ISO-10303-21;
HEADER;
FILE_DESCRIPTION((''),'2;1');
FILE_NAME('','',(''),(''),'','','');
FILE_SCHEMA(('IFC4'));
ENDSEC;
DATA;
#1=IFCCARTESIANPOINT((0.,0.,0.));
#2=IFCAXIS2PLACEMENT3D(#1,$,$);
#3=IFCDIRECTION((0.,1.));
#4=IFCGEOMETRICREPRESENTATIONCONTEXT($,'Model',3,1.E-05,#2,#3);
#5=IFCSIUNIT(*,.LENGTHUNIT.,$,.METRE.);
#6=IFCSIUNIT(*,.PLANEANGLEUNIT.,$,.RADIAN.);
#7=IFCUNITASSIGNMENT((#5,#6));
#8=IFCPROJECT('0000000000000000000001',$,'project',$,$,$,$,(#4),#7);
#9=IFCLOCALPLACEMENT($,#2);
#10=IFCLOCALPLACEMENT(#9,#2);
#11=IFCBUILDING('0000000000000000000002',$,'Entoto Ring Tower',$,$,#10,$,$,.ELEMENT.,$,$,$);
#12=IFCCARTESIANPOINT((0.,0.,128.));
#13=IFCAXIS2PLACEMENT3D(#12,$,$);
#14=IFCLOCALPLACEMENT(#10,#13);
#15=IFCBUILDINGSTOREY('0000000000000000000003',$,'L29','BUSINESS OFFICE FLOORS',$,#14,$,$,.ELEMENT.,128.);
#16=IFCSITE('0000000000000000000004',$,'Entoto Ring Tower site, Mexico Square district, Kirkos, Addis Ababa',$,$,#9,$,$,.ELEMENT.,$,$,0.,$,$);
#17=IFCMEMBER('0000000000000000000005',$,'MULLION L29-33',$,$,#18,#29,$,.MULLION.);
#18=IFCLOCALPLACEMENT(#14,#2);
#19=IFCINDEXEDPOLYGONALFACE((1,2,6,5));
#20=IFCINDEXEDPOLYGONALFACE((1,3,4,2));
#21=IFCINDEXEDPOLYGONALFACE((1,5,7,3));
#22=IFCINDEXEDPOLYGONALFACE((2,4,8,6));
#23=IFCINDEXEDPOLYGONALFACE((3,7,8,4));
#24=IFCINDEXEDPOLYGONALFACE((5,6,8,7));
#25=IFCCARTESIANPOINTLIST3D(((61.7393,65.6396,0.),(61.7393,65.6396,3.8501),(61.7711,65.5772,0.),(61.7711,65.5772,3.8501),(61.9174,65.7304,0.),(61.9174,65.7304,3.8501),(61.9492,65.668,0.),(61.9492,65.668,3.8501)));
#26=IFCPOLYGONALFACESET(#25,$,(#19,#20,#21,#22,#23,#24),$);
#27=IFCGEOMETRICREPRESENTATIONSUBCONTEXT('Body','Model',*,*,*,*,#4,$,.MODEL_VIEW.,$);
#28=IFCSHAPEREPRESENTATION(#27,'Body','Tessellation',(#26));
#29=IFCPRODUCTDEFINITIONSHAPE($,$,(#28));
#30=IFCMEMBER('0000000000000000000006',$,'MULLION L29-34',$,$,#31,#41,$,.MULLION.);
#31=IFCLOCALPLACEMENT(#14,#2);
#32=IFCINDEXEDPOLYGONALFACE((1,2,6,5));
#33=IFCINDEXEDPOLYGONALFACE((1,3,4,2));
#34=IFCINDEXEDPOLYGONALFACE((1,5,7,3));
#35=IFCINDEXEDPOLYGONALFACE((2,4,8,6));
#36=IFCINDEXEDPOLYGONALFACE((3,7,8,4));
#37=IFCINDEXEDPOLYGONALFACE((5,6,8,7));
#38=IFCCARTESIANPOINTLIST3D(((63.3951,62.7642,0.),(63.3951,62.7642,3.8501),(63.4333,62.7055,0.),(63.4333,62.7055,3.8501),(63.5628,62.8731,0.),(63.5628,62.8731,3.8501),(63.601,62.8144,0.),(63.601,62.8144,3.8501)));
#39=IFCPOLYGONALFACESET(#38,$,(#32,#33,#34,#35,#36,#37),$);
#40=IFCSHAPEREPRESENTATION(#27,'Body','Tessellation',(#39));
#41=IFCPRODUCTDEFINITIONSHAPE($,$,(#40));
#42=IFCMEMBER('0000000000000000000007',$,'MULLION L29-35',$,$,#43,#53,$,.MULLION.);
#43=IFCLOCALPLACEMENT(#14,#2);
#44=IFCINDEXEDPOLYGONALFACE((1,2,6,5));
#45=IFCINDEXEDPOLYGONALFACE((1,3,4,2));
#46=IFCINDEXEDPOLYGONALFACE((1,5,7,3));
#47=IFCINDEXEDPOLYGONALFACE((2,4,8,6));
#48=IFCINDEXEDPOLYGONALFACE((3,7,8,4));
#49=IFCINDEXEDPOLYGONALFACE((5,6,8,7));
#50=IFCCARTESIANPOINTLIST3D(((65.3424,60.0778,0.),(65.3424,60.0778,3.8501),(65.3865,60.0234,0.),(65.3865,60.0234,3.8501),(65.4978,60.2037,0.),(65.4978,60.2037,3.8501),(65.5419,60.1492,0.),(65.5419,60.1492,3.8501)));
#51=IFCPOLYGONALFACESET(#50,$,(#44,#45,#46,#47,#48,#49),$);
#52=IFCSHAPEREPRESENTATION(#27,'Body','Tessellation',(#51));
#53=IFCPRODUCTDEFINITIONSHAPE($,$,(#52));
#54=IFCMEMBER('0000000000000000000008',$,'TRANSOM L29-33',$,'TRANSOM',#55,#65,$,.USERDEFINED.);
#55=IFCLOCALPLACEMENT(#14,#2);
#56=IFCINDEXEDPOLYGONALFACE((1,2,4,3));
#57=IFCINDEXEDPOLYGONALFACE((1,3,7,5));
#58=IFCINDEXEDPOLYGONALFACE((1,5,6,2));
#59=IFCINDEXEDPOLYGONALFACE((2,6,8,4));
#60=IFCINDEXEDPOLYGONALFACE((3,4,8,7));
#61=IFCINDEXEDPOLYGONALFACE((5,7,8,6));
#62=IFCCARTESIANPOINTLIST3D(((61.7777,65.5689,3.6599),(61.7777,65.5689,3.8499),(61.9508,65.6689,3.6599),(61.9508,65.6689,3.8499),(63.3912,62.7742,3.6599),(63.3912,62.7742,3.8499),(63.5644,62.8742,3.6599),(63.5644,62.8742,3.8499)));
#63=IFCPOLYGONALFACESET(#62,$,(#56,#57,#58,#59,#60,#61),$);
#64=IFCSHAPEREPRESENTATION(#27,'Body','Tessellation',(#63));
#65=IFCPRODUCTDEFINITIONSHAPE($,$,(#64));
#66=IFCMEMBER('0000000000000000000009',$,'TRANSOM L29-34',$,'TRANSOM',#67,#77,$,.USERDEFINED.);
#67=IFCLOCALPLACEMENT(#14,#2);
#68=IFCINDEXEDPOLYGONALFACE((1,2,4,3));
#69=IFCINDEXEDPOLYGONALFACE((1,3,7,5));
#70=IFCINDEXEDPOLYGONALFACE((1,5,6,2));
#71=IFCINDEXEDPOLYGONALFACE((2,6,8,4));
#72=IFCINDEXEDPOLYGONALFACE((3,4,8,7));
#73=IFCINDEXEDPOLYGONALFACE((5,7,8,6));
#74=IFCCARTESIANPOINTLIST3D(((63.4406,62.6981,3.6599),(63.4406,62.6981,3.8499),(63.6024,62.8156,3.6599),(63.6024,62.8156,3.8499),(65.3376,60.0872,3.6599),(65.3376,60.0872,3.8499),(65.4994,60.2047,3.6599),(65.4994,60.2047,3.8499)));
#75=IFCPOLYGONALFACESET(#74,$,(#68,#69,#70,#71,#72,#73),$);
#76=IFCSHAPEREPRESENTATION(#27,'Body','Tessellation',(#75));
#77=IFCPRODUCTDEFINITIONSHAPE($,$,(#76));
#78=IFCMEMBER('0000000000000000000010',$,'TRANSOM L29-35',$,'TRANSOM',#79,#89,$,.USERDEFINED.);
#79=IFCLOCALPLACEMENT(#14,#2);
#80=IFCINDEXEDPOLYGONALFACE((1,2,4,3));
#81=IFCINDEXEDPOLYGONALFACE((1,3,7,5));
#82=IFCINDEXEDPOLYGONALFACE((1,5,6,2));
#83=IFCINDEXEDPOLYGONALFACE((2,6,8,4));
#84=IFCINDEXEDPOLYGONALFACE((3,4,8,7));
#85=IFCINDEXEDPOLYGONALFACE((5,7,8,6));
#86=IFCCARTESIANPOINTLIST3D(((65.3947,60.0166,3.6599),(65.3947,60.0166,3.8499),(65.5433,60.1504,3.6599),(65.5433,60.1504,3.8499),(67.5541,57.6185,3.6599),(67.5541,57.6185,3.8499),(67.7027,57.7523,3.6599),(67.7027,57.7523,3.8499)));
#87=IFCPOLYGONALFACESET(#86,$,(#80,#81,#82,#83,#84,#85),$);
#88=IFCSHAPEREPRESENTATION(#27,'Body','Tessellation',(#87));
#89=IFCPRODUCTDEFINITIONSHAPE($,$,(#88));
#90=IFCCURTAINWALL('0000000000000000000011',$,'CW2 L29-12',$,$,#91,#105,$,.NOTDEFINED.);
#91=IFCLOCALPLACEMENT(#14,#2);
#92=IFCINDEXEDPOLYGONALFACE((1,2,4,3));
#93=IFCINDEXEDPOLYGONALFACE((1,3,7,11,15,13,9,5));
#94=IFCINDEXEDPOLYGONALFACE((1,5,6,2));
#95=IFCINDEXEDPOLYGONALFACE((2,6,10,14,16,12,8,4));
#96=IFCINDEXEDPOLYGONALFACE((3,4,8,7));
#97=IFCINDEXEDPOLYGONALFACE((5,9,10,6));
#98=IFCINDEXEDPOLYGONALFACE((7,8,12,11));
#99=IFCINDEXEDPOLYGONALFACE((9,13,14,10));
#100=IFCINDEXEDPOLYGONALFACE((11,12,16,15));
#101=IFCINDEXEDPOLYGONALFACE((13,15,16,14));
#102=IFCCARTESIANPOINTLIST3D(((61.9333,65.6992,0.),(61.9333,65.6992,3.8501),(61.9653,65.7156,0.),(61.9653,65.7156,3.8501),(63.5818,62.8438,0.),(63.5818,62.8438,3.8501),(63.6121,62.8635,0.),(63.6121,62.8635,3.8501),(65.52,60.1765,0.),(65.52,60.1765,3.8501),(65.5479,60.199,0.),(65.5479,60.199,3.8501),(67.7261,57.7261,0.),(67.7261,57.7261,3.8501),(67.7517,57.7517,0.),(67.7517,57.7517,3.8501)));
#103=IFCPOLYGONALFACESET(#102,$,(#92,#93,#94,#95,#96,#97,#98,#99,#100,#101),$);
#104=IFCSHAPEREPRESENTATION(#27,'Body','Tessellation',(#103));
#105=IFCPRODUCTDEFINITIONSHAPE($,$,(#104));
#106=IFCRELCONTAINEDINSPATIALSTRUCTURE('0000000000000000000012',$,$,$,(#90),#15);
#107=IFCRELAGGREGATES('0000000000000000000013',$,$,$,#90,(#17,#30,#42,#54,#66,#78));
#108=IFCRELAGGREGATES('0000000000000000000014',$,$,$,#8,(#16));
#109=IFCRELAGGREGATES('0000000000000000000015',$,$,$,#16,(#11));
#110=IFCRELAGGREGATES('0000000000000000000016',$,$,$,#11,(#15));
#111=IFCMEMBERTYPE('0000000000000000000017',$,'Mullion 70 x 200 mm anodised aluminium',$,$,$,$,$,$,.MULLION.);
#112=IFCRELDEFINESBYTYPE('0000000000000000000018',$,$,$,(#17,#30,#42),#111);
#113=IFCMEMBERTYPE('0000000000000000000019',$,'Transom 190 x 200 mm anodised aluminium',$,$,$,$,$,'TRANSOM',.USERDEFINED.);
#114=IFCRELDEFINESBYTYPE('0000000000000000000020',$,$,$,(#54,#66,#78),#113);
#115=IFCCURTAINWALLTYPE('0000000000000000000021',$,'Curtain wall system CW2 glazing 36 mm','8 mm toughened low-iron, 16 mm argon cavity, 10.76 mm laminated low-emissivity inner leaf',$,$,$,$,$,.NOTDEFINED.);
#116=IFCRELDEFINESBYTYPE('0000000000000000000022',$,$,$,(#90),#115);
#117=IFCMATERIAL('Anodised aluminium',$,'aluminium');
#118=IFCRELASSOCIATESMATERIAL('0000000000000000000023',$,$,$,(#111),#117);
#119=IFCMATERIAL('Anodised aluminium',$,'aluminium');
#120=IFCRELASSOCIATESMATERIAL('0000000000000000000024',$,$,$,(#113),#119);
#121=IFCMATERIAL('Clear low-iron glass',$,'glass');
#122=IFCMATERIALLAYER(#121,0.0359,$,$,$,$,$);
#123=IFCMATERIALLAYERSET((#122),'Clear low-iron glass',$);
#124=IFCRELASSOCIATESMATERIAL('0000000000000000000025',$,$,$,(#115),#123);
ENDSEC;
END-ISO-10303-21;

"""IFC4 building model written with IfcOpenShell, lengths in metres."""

from ifc_helpers import new_model, si_unit, direction, frame, origin, origin_2d, place, context, subcontext, project, spatial, polyline, rectangle, outline, extrude, material, layer, layer_set, material_profile, profile_set, type_object, element, aggregate, save


model = new_model("IFC4")

# Units and contexts
model_context = context("Model", 3, precision=1e-05, world=origin(), true_north=direction((0.0, 1.0)))
body_context = subcontext(model_context, "Body", "Model", "MODEL_VIEW")
ifc_project = project(units=[si_unit("LENGTHUNIT", "METRE"), si_unit("PLANEANGLEUNIT", "RADIAN")], contexts=[model_context])

# Members
ifc_material_1 = material(Name="Anodised aluminium", Category="aluminium")
ifc_material_profile_1 = material_profile(ifc_material_1, rectangle(XDim=0.0701, YDim=0.2, at=origin_2d()), Name="Mullion 70 x 200 mm anodised aluminium")
ifc_profile_set_1 = profile_set([ifc_material_profile_1], Name="Anodised aluminium")
member_type_1 = type_object("IfcMemberType", Name="Mullion 70 x 200 mm anodised aluminium", PredefinedType="MULLION", material=ifc_profile_set_1)
site_placement = place(None, origin())
building_placement = place(site_placement, origin())
storey_placement = place(building_placement, frame((0.0, 0.0, 128.0)))
member_1_placement = place(storey_placement, frame((61.8442, 65.6538, 0.0), z_axis=(0.0, 0.0, 1.0), x_axis=(0.45399, -0.891007, 0.0)))
member_1 = element("IfcMember", 1, at=member_1_placement, type_object=member_type_1, Name="MULLION L29-33", PredefinedType="MULLION", context=body_context, shape_type="SweptSolid", body=[
    extrude(rectangle(XDim=0.0701, YDim=0.2, at=origin_2d()), origin(), (0.0, 0.0, 1.0), 3.8501),
])
member_2_placement = place(storey_placement, frame((63.498, 62.7893, 0.0), z_axis=(0.0, 0.0, 1.0), x_axis=(0.544639, -0.838671, 0.0)))
member_2 = element("IfcMember", 2, at=member_2_placement, type_object=member_type_1, Name="MULLION L29-34", PredefinedType="MULLION", context=body_context, shape_type="SweptSolid", body=[
    extrude(rectangle(XDim=0.0701, YDim=0.2, at=origin_2d()), origin(), (0.0, 0.0, 1.0), 3.8501),
])
member_3_placement = place(storey_placement, frame((65.4421, 60.1135, 0.0), z_axis=(0.0, 0.0, 1.0), x_axis=(0.62932, -0.777146, 0.0)))
member_3 = element("IfcMember", 3, at=member_3_placement, type_object=member_type_1, Name="MULLION L29-35", PredefinedType="MULLION", context=body_context, shape_type="SweptSolid", body=[
    extrude(rectangle(XDim=0.0701, YDim=0.2, at=origin_2d()), origin(), (0.0, 0.0, 1.0), 3.8501),
])
ifc_material_2 = material(Name="Anodised aluminium", Category="aluminium")
ifc_material_profile_2 = material_profile(ifc_material_2, rectangle(XDim=0.2, YDim=0.1899, at=origin_2d()), Name="Transom 190 x 200 mm anodised aluminium")
ifc_profile_set_2 = profile_set([ifc_material_profile_2], Name="Anodised aluminium")
member_type_2 = type_object("IfcMemberType", Name="Transom 190 x 200 mm anodised aluminium", ElementType="TRANSOM", PredefinedType="USERDEFINED", material=ifc_profile_set_2)
member_4_placement = place(storey_placement, frame((61.8643, 65.6189, 3.7549), z_axis=(0.500004, -0.866023, 0.0), x_axis=(0.866023, 0.500004, 0.0)))
member_4 = element("IfcMember", 4, at=member_4_placement, type_object=member_type_2, Name="TRANSOM L29-33", ObjectType="TRANSOM", PredefinedType="USERDEFINED", context=body_context, shape_type="SweptSolid", body=[
    extrude(rectangle(XDim=0.2, YDim=0.1899, at=origin_2d()), origin(), (0.0, 0.0, 1.0), 3.2271),
])
member_5_placement = place(storey_placement, frame((63.5215, 62.7568, 3.7549), z_axis=(0.587803, -0.809004, 0.0), x_axis=(0.809004, 0.587803, 0.0)))
member_5 = element("IfcMember", 5, at=member_5_placement, type_object=member_type_2, Name="TRANSOM L29-34", ObjectType="TRANSOM", PredefinedType="USERDEFINED", context=body_context, shape_type="SweptSolid", body=[
    extrude(rectangle(XDim=0.2, YDim=0.1899, at=origin_2d()), origin(), (0.0, 0.0, 1.0), 3.2273),
])
member_6_placement = place(storey_placement, frame((65.469, 60.0835, 3.7549), z_axis=(0.669144, -0.743132, 0.0), x_axis=(0.743132, 0.669144, 0.0)))
member_6 = element("IfcMember", 6, at=member_6_placement, type_object=member_type_2, Name="TRANSOM L29-35", ObjectType="TRANSOM", PredefinedType="USERDEFINED", context=body_context, shape_type="SweptSolid", body=[
    extrude(rectangle(XDim=0.2, YDim=0.1899, at=origin_2d()), origin(), (0.0, 0.0, 1.0), 3.2271),
])

# Site, building, storey
site = spatial("IfcSite", under=ifc_project, at=site_placement, Name="Entoto Ring Tower site, Mexico Square district, Kirkos, Addis Ababa", CompositionType="ELEMENT", RefElevation=0.0)
building = spatial("IfcBuilding", under=site, at=building_placement, Name="Entoto Ring Tower", CompositionType="ELEMENT")
storey = spatial("IfcBuildingStorey", under=building, at=storey_placement, Name="L29", Description="BUSINESS OFFICE FLOORS", CompositionType="ELEMENT", Elevation=128.0)

# Curtain wall
ifc_material_3 = material(Name="Clear low-iron glass", Category="glass")
ifc_layer = layer(ifc_material_3, 0.0359)
ifc_layer_set = layer_set([ifc_layer], Name="Clear low-iron glass")
curtain_wall_type = type_object("IfcCurtainWallType", Name="Curtain wall system CW2 glazing 36 mm", Description="8 mm toughened low-iron, 16 mm argon cavity, 10.76 mm laminated low-emissivity inner leaf", PredefinedType="NOTDEFINED", material=ifc_layer_set)
curtain_wall_1_placement = place(storey_placement, origin())
curtain_wall_1 = element("IfcCurtainWall", 7, at=curtain_wall_1_placement, inside=storey, type_object=curtain_wall_type, Name="CW2 L29-12", PredefinedType="NOTDEFINED", context=body_context, shape_type="SweptSolid", body=[
    extrude(outline(polyline([(61.9333, 65.6992), (63.5818, 62.8438), (65.52, 60.1765), (67.7261, 57.7261), (67.7517, 57.7517), (65.5479, 60.199), (63.6121, 62.8635), (61.9653, 65.7156), (61.9333, 65.6992)])), origin(), (0.0, 0.0, 1.0), 3.8501),
])
aggregate(curtain_wall_1, [member_1, member_2, member_3, member_4, member_5, member_6])

save(model, "model.ifc")
